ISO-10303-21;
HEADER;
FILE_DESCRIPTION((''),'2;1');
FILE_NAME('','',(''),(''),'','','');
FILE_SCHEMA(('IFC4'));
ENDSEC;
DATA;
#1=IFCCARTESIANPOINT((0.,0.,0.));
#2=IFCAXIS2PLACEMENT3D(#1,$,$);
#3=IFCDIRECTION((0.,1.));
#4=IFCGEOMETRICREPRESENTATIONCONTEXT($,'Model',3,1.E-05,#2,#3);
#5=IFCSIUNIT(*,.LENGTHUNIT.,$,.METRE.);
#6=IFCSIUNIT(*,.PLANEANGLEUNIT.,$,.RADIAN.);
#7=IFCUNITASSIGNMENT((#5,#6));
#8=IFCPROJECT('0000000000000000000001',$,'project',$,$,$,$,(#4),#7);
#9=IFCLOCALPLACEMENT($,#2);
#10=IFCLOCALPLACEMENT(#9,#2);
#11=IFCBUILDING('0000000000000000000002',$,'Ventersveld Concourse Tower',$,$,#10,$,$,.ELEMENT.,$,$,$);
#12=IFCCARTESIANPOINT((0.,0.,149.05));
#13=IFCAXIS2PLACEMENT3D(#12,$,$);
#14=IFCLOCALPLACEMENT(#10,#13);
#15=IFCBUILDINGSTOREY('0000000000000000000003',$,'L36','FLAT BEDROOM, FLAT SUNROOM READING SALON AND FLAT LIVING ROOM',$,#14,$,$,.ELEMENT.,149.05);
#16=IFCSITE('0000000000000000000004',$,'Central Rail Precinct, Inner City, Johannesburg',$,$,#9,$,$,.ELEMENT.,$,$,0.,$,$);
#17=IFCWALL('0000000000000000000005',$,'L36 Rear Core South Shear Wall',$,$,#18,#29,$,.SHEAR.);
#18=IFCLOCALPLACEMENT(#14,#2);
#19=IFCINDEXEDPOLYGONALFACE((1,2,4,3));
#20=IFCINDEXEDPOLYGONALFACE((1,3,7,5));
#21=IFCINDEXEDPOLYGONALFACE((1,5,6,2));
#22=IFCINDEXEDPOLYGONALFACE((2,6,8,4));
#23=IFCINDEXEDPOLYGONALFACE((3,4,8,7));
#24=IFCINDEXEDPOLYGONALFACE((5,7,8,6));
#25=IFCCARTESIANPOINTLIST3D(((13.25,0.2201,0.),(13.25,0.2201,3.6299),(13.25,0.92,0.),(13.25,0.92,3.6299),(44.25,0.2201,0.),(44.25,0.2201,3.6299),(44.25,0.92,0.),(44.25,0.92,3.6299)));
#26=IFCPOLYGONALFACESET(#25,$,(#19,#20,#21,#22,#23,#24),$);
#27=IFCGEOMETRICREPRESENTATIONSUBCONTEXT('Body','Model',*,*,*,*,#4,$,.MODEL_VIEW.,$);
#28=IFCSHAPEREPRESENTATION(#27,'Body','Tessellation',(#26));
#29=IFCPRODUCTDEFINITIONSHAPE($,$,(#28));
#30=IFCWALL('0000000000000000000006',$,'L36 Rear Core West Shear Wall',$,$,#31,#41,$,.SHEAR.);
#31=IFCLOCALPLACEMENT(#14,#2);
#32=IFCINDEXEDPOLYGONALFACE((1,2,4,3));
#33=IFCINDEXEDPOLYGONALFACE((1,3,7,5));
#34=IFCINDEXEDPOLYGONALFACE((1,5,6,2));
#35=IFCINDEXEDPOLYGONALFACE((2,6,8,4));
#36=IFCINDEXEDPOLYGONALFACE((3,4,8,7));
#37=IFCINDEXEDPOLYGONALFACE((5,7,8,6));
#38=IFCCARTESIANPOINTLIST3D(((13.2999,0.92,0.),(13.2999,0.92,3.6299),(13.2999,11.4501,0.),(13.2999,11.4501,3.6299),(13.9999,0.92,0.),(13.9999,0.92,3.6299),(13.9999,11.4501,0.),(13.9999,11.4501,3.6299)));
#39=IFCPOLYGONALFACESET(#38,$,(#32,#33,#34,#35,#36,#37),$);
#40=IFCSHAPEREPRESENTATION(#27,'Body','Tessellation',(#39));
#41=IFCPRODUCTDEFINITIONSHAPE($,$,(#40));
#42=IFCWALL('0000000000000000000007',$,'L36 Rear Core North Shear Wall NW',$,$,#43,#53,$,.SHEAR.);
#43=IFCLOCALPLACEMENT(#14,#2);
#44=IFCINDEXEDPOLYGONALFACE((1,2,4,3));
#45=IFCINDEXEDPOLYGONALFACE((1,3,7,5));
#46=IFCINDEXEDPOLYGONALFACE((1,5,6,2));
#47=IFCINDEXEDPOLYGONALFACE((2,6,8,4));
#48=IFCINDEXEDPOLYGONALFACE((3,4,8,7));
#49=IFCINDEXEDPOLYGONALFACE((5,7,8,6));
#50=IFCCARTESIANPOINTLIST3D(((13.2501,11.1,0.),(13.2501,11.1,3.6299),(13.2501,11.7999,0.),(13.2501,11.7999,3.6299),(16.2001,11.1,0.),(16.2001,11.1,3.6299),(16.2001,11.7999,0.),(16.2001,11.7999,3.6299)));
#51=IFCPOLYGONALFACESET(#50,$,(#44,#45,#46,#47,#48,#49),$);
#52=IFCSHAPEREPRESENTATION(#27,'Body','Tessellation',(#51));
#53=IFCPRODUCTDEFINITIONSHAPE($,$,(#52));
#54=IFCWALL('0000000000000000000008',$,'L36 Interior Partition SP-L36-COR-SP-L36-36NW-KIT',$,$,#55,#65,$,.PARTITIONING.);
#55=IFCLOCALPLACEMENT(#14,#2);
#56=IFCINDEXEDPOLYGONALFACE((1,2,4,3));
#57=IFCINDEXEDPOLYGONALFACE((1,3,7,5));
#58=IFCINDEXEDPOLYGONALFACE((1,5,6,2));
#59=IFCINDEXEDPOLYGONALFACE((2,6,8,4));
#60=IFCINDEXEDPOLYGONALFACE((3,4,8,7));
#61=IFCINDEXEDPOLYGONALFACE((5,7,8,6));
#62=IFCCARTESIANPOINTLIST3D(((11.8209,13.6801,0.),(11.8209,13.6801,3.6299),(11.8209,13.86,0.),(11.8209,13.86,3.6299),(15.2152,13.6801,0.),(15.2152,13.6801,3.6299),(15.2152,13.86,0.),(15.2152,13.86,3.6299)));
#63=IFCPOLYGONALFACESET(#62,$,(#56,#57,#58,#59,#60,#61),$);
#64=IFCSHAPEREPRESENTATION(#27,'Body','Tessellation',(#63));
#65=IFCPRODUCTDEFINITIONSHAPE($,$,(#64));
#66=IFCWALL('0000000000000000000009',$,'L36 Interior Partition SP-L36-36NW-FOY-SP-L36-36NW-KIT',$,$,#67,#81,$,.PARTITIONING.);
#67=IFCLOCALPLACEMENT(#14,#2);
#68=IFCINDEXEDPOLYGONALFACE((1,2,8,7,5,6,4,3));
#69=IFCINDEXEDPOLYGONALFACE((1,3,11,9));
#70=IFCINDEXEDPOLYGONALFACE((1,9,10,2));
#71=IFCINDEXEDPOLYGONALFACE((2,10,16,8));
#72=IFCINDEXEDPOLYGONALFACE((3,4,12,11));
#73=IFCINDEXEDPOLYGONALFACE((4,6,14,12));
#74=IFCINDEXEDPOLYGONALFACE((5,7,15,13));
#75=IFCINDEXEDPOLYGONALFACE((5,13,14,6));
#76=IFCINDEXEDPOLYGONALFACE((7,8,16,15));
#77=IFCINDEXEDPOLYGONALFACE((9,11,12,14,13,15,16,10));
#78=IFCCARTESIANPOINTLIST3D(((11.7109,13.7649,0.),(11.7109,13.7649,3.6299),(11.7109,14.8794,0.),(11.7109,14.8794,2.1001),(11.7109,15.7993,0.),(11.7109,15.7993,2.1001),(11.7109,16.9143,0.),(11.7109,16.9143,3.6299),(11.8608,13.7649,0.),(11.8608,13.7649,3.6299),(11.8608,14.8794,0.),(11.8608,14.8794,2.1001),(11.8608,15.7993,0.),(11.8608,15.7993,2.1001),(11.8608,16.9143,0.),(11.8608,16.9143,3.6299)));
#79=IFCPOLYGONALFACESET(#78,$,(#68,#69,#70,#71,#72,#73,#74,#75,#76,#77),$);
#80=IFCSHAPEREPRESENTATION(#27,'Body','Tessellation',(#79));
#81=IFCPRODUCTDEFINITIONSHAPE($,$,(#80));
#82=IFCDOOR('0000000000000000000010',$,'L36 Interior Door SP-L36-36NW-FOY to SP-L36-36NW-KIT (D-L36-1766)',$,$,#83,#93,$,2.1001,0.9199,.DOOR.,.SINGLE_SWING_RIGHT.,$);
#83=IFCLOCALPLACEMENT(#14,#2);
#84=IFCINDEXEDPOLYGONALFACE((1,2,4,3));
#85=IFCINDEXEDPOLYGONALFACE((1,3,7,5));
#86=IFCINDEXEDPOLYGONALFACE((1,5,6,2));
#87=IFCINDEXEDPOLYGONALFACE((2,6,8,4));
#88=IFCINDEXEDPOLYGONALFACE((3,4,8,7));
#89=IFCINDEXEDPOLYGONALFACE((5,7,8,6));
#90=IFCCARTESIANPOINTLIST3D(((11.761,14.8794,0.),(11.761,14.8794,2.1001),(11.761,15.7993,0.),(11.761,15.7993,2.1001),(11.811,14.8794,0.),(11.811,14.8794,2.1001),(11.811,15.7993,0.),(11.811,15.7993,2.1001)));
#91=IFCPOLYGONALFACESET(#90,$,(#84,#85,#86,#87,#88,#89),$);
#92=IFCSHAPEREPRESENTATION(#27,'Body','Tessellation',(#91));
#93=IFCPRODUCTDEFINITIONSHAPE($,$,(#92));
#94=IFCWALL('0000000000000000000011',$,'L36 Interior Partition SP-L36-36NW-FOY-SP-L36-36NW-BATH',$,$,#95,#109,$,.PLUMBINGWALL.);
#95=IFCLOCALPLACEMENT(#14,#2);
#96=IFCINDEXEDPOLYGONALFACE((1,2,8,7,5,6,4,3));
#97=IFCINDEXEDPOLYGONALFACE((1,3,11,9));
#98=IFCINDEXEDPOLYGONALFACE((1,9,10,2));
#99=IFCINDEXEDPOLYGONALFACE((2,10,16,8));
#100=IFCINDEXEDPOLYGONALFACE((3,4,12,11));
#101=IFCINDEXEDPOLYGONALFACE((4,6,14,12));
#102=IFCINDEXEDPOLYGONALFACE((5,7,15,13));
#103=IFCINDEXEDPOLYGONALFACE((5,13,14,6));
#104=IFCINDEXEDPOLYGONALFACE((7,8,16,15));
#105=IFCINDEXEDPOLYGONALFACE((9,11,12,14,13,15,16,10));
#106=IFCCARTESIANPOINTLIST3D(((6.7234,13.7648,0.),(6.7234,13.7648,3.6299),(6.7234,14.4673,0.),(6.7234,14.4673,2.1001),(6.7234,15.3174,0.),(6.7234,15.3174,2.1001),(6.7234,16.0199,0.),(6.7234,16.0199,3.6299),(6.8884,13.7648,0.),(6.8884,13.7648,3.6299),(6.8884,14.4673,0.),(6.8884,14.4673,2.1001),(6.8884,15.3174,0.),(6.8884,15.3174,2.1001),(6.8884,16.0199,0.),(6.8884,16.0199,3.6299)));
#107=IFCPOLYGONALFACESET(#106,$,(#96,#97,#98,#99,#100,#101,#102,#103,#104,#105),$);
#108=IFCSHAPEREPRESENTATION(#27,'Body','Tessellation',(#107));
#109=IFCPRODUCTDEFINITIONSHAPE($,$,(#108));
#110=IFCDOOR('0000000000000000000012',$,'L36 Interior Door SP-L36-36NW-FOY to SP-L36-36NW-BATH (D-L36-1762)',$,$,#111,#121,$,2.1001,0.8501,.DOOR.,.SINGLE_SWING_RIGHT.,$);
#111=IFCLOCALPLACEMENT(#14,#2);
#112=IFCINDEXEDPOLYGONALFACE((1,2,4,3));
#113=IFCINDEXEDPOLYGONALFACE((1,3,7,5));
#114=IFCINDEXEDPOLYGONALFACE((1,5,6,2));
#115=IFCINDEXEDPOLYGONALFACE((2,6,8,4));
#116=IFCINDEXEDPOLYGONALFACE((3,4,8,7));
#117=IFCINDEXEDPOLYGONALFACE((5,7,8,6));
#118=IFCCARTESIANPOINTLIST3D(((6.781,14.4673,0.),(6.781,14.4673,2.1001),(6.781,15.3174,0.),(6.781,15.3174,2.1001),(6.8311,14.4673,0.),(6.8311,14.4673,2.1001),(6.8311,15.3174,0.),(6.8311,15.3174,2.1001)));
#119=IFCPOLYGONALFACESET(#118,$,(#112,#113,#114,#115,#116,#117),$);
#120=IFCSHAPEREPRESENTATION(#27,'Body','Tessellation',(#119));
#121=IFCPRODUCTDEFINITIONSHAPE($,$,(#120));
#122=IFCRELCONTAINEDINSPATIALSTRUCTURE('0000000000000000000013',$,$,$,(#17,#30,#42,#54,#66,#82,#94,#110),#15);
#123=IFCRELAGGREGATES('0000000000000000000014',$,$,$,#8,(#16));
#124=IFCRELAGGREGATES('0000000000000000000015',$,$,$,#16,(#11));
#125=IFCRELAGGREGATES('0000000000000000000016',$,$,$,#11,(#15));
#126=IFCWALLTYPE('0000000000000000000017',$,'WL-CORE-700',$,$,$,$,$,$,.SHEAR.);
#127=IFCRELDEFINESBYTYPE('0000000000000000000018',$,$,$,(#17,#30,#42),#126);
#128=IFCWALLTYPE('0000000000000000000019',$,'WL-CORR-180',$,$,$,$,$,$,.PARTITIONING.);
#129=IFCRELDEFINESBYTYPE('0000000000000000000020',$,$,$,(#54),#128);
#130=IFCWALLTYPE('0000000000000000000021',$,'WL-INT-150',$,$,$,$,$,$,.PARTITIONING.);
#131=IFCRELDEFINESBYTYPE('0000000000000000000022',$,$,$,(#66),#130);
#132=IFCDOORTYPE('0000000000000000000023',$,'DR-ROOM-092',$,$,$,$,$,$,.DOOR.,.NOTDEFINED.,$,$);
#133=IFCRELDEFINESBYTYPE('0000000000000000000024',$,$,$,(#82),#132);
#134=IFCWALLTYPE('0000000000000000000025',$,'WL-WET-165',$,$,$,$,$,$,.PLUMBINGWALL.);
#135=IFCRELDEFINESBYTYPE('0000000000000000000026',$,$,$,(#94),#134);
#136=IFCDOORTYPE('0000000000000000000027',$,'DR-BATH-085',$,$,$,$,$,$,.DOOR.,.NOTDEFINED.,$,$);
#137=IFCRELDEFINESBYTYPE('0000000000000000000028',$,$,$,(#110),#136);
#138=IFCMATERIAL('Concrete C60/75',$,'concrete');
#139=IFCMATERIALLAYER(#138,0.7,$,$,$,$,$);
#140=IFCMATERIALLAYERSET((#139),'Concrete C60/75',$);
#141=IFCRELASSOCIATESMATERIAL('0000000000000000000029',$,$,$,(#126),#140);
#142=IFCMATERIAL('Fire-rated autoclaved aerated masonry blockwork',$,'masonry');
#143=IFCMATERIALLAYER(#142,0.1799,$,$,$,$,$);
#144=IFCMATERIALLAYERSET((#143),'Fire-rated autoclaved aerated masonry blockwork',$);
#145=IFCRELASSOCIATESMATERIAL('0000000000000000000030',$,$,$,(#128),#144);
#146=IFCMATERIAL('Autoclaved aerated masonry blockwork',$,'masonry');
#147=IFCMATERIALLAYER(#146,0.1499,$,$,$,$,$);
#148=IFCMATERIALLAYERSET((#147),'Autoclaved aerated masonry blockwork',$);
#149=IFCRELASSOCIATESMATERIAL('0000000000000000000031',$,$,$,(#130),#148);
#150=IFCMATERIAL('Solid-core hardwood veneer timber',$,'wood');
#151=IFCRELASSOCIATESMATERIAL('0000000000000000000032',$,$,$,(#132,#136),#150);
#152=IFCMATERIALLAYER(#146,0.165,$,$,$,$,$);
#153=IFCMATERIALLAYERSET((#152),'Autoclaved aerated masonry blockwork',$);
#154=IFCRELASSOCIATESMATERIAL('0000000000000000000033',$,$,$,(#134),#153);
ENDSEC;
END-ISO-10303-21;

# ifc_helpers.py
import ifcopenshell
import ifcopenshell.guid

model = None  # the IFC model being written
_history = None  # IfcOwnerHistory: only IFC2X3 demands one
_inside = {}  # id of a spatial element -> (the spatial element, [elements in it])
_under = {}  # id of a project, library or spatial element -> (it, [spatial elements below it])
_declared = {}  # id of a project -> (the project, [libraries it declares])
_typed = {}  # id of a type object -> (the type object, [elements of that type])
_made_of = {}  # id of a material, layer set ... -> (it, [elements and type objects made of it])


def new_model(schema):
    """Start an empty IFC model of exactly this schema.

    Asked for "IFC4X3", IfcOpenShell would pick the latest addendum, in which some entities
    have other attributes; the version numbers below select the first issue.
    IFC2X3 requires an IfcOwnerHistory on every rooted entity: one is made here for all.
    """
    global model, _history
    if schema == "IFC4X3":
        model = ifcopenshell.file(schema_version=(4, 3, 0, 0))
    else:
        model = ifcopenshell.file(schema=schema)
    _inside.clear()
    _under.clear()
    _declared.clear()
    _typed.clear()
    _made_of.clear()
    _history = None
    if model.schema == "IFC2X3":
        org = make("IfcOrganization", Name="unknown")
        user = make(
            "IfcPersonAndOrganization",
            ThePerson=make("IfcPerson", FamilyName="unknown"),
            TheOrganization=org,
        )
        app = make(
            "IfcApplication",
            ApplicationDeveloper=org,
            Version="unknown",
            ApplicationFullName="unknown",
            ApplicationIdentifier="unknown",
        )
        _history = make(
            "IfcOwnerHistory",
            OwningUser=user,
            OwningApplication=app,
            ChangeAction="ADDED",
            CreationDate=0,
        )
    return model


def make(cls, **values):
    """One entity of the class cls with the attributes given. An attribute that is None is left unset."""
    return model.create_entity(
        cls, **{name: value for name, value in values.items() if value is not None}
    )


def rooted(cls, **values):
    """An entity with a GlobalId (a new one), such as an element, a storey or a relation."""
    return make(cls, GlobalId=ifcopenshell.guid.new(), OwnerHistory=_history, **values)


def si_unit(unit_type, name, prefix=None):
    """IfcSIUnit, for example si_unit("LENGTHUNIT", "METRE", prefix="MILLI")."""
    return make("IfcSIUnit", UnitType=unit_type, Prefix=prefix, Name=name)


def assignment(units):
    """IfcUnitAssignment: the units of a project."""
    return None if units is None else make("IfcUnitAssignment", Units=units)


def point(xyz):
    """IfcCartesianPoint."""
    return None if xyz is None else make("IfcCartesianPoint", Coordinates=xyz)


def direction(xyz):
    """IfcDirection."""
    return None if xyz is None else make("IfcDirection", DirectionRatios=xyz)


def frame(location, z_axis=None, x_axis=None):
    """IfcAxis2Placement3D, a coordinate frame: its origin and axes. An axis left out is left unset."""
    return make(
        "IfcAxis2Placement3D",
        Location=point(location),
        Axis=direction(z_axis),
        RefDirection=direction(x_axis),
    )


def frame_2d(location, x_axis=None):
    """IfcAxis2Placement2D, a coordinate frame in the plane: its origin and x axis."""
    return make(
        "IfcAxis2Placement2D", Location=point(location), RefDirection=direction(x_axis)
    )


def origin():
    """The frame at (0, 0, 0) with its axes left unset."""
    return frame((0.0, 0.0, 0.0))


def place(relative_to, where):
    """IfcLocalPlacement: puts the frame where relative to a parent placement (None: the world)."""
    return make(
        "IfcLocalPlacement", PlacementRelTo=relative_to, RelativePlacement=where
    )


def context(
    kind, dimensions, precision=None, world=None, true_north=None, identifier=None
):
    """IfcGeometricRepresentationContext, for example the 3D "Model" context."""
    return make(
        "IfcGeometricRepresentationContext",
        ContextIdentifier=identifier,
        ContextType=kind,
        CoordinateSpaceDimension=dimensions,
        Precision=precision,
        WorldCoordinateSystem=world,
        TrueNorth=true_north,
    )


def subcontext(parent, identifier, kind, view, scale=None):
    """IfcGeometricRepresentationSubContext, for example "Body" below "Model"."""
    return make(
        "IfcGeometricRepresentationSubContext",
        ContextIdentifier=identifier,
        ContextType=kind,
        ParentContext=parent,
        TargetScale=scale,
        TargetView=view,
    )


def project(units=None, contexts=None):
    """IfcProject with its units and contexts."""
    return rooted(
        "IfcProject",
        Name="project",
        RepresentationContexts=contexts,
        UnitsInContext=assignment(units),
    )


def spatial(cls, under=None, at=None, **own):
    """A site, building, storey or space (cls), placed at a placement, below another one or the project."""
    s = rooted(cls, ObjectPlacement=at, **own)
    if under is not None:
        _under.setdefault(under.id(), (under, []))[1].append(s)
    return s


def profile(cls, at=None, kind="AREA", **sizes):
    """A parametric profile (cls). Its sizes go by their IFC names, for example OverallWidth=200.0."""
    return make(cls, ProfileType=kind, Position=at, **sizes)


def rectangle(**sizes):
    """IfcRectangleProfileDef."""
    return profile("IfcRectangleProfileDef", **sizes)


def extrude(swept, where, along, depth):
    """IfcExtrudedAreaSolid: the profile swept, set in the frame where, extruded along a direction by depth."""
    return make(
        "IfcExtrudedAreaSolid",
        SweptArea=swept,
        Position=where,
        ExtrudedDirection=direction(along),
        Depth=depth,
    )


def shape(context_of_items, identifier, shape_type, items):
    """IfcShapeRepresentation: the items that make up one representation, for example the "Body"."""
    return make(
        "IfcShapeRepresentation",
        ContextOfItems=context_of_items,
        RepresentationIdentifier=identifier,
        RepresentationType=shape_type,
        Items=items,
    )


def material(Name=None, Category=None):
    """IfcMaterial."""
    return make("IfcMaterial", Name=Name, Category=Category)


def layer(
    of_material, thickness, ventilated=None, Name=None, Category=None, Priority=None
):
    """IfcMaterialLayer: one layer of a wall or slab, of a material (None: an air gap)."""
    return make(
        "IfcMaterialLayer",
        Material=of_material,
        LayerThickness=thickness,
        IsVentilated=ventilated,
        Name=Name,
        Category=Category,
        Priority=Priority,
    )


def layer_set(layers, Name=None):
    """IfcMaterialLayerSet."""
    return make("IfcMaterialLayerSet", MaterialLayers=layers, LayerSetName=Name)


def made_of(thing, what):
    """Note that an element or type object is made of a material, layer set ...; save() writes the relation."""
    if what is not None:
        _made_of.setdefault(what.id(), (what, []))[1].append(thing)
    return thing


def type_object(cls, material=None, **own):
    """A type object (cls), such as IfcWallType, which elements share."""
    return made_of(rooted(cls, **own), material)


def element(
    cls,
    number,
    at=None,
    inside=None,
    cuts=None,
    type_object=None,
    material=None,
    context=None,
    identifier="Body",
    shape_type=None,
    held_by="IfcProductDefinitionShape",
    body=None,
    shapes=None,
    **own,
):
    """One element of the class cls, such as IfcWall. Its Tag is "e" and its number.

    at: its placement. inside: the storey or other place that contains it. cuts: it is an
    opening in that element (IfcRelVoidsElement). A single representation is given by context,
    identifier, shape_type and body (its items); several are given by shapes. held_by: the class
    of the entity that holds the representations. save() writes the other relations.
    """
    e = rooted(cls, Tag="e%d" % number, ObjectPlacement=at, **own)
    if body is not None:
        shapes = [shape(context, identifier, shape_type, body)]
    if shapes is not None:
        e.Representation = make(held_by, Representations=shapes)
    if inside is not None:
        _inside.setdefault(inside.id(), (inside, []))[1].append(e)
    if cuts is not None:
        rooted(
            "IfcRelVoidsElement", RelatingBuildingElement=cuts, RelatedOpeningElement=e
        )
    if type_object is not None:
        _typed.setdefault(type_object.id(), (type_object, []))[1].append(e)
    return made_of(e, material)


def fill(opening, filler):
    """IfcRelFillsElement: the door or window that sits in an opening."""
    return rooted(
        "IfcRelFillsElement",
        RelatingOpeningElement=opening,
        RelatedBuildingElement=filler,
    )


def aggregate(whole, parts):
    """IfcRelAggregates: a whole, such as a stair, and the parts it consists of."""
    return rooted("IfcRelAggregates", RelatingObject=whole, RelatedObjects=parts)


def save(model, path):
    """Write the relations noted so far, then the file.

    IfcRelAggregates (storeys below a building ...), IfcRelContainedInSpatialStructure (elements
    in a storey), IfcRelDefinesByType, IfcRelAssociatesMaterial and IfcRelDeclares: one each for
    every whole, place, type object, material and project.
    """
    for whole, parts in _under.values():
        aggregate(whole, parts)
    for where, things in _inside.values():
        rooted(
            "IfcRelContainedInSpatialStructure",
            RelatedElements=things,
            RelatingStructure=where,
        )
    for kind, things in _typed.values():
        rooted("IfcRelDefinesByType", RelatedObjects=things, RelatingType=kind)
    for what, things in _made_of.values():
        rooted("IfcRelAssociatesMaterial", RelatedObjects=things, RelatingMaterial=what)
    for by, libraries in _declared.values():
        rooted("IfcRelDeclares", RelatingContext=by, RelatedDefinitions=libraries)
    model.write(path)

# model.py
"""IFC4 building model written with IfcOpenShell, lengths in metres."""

from ifc_helpers import new_model, si_unit, direction, frame, frame_2d, origin, place, context, subcontext, project, spatial, rectangle, extrude, material, layer, layer_set, type_object, element, fill, save


model = new_model("IFC4")

# Units and contexts
model_context = context("Model", 3, precision=1e-05, world=origin(), true_north=direction((0.0, 1.0)))
body_context = subcontext(model_context, "Body", "Model", "MODEL_VIEW")
ifc_project = project(units=[si_unit("LENGTHUNIT", "METRE"), si_unit("PLANEANGLEUNIT", "RADIAN")], contexts=[model_context])

# Site, building, storey
site_placement = place(None, origin())
site = spatial("IfcSite", under=ifc_project, at=site_placement, Name="Central Rail Precinct, Inner City, Johannesburg", CompositionType="ELEMENT", RefElevation=0.0)
building_placement = place(site_placement, origin())
building = spatial("IfcBuilding", under=site, at=building_placement, Name="Ventersveld Concourse Tower", CompositionType="ELEMENT")
storey_placement = place(building_placement, frame((0.0, 0.0, 149.05)))
storey = spatial("IfcBuildingStorey", under=building, at=storey_placement, Name="L36", Description="FLAT BEDROOM, FLAT SUNROOM READING SALON AND FLAT LIVING ROOM", CompositionType="ELEMENT", Elevation=149.05)

# Walls
ifc_material_1 = material(Name="Concrete C60/75", Category="concrete")
ifc_layer_1 = layer(ifc_material_1, 0.7)
ifc_layer_set_1 = layer_set([ifc_layer_1], Name="Concrete C60/75")
wall_type_1 = type_object("IfcWallType", Name="WL-CORE-700", PredefinedType="SHEAR", material=ifc_layer_set_1)
wall_1_placement = place(storey_placement, frame((13.25, 0.5701, 0.0), z_axis=(0.0, 0.0, 1.0), x_axis=(1.0, 0.0, 0.0)))
element("IfcWall", 1, at=wall_1_placement, inside=storey, type_object=wall_type_1, Name="L36 Rear Core South Shear Wall", PredefinedType="SHEAR", context=body_context, shape_type="SweptSolid", body=[
    extrude(rectangle(XDim=31.0, YDim=0.7, at=frame_2d((15.5, 0.0))), origin(), (0.0, 0.0, 1.0), 3.6299),
])
wall_2_placement = place(storey_placement, frame((13.6499, 0.9199, 0.0), z_axis=(0.0, 0.0, 1.0), x_axis=(0.0, 1.0, 0.0)))
element("IfcWall", 2, at=wall_2_placement, inside=storey, type_object=wall_type_1, Name="L36 Rear Core West Shear Wall", PredefinedType="SHEAR", context=body_context, shape_type="SweptSolid", body=[
    extrude(rectangle(XDim=10.53, YDim=0.7, at=frame_2d((5.2651, 0.0))), origin(), (0.0, 0.0, 1.0), 3.6299),
])
wall_3_placement = place(storey_placement, frame((13.25, 11.45, 0.0), z_axis=(0.0, 0.0, 1.0), x_axis=(1.0, 0.0, 0.0)))
element("IfcWall", 3, at=wall_3_placement, inside=storey, type_object=wall_type_1, Name="L36 Rear Core North Shear Wall NW", PredefinedType="SHEAR", context=body_context, shape_type="SweptSolid", body=[
    extrude(rectangle(XDim=2.95, YDim=0.7, at=frame_2d((1.4751, 0.0))), origin(), (0.0, 0.0, 1.0), 3.6299),
])

# Shared definitions
ifc_material_2 = material(Name="Fire-rated autoclaved aerated masonry blockwork", Category="masonry")
ifc_layer_2 = layer(ifc_material_2, 0.1799)
ifc_layer_set_2 = layer_set([ifc_layer_2], Name="Fire-rated autoclaved aerated masonry blockwork")
wall_type_2 = type_object("IfcWallType", Name="WL-CORR-180", PredefinedType="PARTITIONING", material=ifc_layer_set_2)
ifc_material_3 = material(Name="Solid-core hardwood veneer timber", Category="wood")

# Wall
wall_4_placement = place(storey_placement, frame((11.8208, 13.77, 0.0), z_axis=(0.0, 0.0, 1.0), x_axis=(1.0, 0.0, 0.0)))
element("IfcWall", 4, at=wall_4_placement, inside=storey, type_object=wall_type_2, Name="L36 Interior Partition SP-L36-COR-SP-L36-36NW-KIT", PredefinedType="PARTITIONING", context=body_context, shape_type="SweptSolid", body=[
    extrude(rectangle(XDim=3.3943, YDim=0.1799, at=frame_2d((1.6973, 0.0))), origin(), (0.0, 0.0, 1.0), 3.6299),
])

# Walls, openings, doors
ifc_material_4 = material(Name="Autoclaved aerated masonry blockwork", Category="masonry")
ifc_layer_3 = layer(ifc_material_4, 0.1499)
ifc_layer_set_3 = layer_set([ifc_layer_3], Name="Autoclaved aerated masonry blockwork")
wall_type_3 = type_object("IfcWallType", Name="WL-INT-150", PredefinedType="PARTITIONING", material=ifc_layer_set_3)
wall_5_placement = place(storey_placement, frame((11.7859, 13.7649, 0.0), z_axis=(0.0, 0.0, 1.0), x_axis=(0.0, 1.0, 0.0)))
wall_5 = element("IfcWall", 5, at=wall_5_placement, inside=storey, type_object=wall_type_3, Name="L36 Interior Partition SP-L36-36NW-FOY-SP-L36-36NW-KIT", PredefinedType="PARTITIONING", context=body_context, shape_type="SweptSolid", body=[
    extrude(rectangle(XDim=3.1494, YDim=0.1499, at=frame_2d((1.5747, 0.0))), origin(), (0.0, 0.0, 1.0), 3.6299),
])
opening_1_placement = place(wall_5_placement, frame((1.1145, 0.0, 0.0)))
opening_1 = element("IfcOpeningElement", 6, at=opening_1_placement, cuts=wall_5, PredefinedType="OPENING", context=body_context, shape_type="SweptSolid", body=[
    extrude(rectangle(XDim=0.9199, YDim=2.1001, at=frame_2d((0.46, 1.05))), frame((0.0, 0.085, 0.0), z_axis=(0.0, -1.0, 0.0), x_axis=(1.0, 0.0, 0.0)), (0.0, 0.0, 1.0), 0.1699),
])
door_type_1 = type_object("IfcDoorType", Name="DR-ROOM-092", OperationType="NOTDEFINED", PredefinedType="DOOR", material=ifc_material_3)
door_1_placement = place(opening_1_placement, origin())
door_1 = element("IfcDoor", 7, at=door_1_placement, inside=storey, type_object=door_type_1, Name="L36 Interior Door SP-L36-36NW-FOY to SP-L36-36NW-KIT (D-L36-1766)", OperationType="SINGLE_SWING_RIGHT", OverallHeight=2.1001, OverallWidth=0.9199, PredefinedType="DOOR", context=body_context, shape_type="SweptSolid", body=[
    extrude(rectangle(XDim=0.9199, YDim=2.1001, at=frame_2d((0.46, 1.05))), frame((0.0, 0.0249, 0.0), z_axis=(0.0, -1.0, 0.0), x_axis=(1.0, 0.0, 0.0)), (0.0, 0.0, 1.0), 0.05),
])
fill(opening_1, door_1)
ifc_layer_4 = layer(ifc_material_4, 0.165)
ifc_layer_set_4 = layer_set([ifc_layer_4], Name="Autoclaved aerated masonry blockwork")
wall_type_4 = type_object("IfcWallType", Name="WL-WET-165", PredefinedType="PLUMBINGWALL", material=ifc_layer_set_4)
wall_6_placement = place(storey_placement, frame((6.8059, 13.7649, 0.0), z_axis=(0.0, 0.0, 1.0), x_axis=(0.0, 1.0, 0.0)))
wall_6 = element("IfcWall", 8, at=wall_6_placement, inside=storey, type_object=wall_type_4, Name="L36 Interior Partition SP-L36-36NW-FOY-SP-L36-36NW-BATH", PredefinedType="PLUMBINGWALL", context=body_context, shape_type="SweptSolid", body=[
    extrude(rectangle(XDim=2.2551, YDim=0.165, at=frame_2d((1.1274, 0.0))), origin(), (0.0, 0.0, 1.0), 3.6299),
])
opening_2_placement = place(wall_6_placement, frame((0.7024, 0.0, 0.0)))
opening_2 = element("IfcOpeningElement", 9, at=opening_2_placement, cuts=wall_6, PredefinedType="OPENING", context=body_context, shape_type="SweptSolid", body=[
    extrude(rectangle(XDim=0.8501, YDim=2.1001, at=frame_2d((0.425, 1.05))), frame((0.0, 0.0925, 0.0), z_axis=(0.0, -1.0, 0.0), x_axis=(1.0, 0.0, 0.0)), (0.0, 0.0, 1.0), 0.1851),
])
door_type_2 = type_object("IfcDoorType", Name="DR-BATH-085", OperationType="NOTDEFINED", PredefinedType="DOOR", material=ifc_material_3)
door_2_placement = place(opening_2_placement, origin())
door_2 = element("IfcDoor", 10, at=door_2_placement, inside=storey, type_object=door_type_2, Name="L36 Interior Door SP-L36-36NW-FOY to SP-L36-36NW-BATH (D-L36-1762)", OperationType="SINGLE_SWING_RIGHT", OverallHeight=2.1001, OverallWidth=0.8501, PredefinedType="DOOR", context=body_context, shape_type="SweptSolid", body=[
    extrude(rectangle(XDim=0.8501, YDim=2.1001, at=frame_2d((0.425, 1.05))), frame((0.0, 0.0249, 0.0), z_axis=(0.0, -1.0, 0.0), x_axis=(1.0, 0.0, 0.0)), (0.0, 0.0, 1.0), 0.05),
])
fill(opening_2, door_2)

save(model, "model.ifc")
